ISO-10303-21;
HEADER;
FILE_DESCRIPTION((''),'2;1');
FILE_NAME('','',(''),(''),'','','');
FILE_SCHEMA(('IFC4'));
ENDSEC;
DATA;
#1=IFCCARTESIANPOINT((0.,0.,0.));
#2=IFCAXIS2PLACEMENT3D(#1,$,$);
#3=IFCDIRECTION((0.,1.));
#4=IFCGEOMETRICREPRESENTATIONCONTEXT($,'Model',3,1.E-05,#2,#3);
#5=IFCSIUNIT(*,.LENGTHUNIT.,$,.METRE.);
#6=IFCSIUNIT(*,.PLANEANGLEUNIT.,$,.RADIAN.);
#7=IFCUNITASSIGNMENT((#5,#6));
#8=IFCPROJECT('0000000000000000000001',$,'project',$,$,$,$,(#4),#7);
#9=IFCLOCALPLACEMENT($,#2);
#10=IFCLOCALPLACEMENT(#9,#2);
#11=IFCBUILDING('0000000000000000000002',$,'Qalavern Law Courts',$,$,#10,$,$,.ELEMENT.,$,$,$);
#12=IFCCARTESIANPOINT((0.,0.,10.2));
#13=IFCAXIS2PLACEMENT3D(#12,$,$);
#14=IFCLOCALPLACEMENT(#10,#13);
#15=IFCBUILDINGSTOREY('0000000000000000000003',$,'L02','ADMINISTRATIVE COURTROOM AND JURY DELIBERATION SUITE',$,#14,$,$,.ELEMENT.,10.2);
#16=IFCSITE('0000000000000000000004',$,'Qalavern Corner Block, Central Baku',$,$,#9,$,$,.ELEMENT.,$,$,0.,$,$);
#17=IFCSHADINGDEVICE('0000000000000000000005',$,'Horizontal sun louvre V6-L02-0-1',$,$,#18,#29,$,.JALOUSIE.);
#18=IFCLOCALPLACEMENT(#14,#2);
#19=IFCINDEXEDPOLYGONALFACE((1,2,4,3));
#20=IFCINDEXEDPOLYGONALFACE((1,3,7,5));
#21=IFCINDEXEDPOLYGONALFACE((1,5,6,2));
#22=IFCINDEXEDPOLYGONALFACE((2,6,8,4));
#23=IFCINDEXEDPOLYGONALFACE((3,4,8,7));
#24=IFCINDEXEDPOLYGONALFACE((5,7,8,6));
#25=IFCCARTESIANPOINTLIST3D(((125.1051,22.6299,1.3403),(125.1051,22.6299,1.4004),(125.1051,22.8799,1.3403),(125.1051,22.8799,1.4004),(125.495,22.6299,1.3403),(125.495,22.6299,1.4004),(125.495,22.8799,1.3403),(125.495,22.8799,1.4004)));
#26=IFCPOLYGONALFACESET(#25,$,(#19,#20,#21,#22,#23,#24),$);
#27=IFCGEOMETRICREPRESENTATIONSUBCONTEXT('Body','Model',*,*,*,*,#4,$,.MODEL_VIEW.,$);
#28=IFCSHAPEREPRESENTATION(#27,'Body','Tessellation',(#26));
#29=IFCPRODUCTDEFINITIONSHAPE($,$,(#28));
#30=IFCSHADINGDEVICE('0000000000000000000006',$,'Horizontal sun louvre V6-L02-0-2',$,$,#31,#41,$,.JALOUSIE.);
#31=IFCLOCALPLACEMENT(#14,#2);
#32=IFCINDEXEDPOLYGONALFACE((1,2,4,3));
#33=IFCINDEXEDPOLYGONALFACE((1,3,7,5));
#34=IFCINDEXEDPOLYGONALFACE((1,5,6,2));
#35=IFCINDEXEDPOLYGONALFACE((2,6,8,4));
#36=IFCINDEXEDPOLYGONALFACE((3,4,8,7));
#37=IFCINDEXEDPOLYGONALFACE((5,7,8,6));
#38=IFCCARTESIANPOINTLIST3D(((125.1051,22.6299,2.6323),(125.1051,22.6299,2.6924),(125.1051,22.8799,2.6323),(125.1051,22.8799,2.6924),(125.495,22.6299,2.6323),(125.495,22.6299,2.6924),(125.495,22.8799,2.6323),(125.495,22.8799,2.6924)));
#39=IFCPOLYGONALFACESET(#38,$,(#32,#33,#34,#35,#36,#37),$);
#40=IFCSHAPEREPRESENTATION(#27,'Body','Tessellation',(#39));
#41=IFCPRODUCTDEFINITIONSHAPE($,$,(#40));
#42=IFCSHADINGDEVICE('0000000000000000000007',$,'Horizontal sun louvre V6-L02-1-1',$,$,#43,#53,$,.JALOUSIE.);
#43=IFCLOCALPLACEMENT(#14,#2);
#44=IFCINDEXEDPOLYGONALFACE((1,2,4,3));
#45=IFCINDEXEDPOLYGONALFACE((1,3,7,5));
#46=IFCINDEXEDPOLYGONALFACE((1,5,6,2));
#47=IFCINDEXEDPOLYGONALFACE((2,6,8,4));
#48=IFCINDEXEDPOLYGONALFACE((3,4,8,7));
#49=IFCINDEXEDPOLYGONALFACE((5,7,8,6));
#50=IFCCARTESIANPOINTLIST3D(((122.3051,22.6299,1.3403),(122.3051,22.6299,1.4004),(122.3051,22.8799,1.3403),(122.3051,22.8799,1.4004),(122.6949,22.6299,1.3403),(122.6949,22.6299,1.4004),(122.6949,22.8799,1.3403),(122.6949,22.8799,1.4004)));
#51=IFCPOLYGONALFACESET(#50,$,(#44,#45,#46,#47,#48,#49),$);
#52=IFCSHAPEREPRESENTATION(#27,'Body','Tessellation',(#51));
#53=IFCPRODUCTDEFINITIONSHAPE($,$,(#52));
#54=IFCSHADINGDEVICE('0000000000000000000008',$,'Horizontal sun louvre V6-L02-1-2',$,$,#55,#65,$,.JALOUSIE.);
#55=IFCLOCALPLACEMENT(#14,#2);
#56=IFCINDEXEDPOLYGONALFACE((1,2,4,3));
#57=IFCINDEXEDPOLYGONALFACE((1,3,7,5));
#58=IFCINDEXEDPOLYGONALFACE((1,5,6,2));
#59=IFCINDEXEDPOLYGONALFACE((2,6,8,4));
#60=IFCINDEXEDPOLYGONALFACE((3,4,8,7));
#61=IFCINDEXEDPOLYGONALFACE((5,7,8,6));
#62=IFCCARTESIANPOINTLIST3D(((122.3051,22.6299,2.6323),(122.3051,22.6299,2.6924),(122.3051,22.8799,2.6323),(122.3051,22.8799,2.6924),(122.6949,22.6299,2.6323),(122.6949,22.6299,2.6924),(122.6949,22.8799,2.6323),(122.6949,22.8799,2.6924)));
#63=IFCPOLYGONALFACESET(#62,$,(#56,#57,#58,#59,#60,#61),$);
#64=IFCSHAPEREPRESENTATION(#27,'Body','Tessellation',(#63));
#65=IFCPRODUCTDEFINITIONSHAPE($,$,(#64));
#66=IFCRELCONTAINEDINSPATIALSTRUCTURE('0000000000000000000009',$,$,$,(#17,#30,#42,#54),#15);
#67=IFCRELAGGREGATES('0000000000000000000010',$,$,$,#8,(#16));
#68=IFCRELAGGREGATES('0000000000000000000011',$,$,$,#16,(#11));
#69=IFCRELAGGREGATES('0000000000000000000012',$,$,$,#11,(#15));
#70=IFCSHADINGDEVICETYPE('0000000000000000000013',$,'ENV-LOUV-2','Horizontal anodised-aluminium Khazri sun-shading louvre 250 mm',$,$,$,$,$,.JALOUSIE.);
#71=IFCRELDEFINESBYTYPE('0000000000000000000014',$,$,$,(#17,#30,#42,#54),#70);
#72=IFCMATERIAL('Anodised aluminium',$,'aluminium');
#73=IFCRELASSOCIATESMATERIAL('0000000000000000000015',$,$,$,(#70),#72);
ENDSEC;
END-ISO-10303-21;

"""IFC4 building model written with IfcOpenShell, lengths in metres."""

from ifc_helpers import new_model, si_unit, direction, frame, origin, origin_2d, place, context, subcontext, project, spatial, rectangle, extrude, material, type_object, element, save


model = new_model("IFC4")

# Units and contexts
model_context = context("Model", 3, precision=1e-05, world=origin(), true_north=direction((0.0, 1.0)))
body_context = subcontext(model_context, "Body", "Model", "MODEL_VIEW")
ifc_project = project(units=[si_unit("LENGTHUNIT", "METRE"), si_unit("PLANEANGLEUNIT", "RADIAN")], contexts=[model_context])

# Site, building, storey
site_placement = place(None, origin())
site = spatial("IfcSite", under=ifc_project, at=site_placement, Name="Qalavern Corner Block, Central Baku", CompositionType="ELEMENT", RefElevation=0.0)
building_placement = place(site_placement, origin())
building = spatial("IfcBuilding", under=site, at=building_placement, Name="Qalavern Law Courts", CompositionType="ELEMENT")
storey_placement = place(building_placement, frame((0.0, 0.0, 10.2)))
storey = spatial("IfcBuildingStorey", under=building, at=storey_placement, Name="L02", Description="ADMINISTRATIVE COURTROOM AND JURY DELIBERATION SUITE", CompositionType="ELEMENT", Elevation=10.2)

# Shading devices
ifc_material_1 = material(Name="Anodised aluminium", Category="aluminium")
shading_device_type_1 = type_object("IfcShadingDeviceType", Name="ENV-LOUV-2", Description="Horizontal anodised-aluminium Khazri sun-shading louvre 250 mm", PredefinedType="JALOUSIE", material=ifc_material_1)
for number, where, z_axis, x_axis, name in (
    (1, (125.3, 22.7549, 1.3403), (0.0, 0.0, 1.0), (-1.0, 0.0, 0.0), "Horizontal sun louvre V6-L02-0-1"),
    (2, (125.3, 22.7549, 2.6323), (0.0, 0.0, 1.0), (-1.0, 0.0, 0.0), "Horizontal sun louvre V6-L02-0-2"),
    (3, (122.5, 22.7549, 1.3403), (0.0, 0.0, 1.0), (-1.0, 0.0, 0.0), "Horizontal sun louvre V6-L02-1-1"),
    (4, (122.5, 22.7549, 2.6323), (0.0, 0.0, 1.0), (-1.0, 0.0, 0.0), "Horizontal sun louvre V6-L02-1-2"),
):
    element("IfcShadingDevice", number, at=place(storey_placement, frame(where, z_axis=z_axis, x_axis=x_axis)), inside=storey, type_object=shading_device_type_1, Name=name, PredefinedType="JALOUSIE", context=body_context, shape_type="SweptSolid", body=[
        extrude(rectangle(XDim=0.3899, YDim=0.25, at=origin_2d()), origin(), (0.0, 0.0, 1.0), 0.0601),
    ])

save(model, "model.ifc")
